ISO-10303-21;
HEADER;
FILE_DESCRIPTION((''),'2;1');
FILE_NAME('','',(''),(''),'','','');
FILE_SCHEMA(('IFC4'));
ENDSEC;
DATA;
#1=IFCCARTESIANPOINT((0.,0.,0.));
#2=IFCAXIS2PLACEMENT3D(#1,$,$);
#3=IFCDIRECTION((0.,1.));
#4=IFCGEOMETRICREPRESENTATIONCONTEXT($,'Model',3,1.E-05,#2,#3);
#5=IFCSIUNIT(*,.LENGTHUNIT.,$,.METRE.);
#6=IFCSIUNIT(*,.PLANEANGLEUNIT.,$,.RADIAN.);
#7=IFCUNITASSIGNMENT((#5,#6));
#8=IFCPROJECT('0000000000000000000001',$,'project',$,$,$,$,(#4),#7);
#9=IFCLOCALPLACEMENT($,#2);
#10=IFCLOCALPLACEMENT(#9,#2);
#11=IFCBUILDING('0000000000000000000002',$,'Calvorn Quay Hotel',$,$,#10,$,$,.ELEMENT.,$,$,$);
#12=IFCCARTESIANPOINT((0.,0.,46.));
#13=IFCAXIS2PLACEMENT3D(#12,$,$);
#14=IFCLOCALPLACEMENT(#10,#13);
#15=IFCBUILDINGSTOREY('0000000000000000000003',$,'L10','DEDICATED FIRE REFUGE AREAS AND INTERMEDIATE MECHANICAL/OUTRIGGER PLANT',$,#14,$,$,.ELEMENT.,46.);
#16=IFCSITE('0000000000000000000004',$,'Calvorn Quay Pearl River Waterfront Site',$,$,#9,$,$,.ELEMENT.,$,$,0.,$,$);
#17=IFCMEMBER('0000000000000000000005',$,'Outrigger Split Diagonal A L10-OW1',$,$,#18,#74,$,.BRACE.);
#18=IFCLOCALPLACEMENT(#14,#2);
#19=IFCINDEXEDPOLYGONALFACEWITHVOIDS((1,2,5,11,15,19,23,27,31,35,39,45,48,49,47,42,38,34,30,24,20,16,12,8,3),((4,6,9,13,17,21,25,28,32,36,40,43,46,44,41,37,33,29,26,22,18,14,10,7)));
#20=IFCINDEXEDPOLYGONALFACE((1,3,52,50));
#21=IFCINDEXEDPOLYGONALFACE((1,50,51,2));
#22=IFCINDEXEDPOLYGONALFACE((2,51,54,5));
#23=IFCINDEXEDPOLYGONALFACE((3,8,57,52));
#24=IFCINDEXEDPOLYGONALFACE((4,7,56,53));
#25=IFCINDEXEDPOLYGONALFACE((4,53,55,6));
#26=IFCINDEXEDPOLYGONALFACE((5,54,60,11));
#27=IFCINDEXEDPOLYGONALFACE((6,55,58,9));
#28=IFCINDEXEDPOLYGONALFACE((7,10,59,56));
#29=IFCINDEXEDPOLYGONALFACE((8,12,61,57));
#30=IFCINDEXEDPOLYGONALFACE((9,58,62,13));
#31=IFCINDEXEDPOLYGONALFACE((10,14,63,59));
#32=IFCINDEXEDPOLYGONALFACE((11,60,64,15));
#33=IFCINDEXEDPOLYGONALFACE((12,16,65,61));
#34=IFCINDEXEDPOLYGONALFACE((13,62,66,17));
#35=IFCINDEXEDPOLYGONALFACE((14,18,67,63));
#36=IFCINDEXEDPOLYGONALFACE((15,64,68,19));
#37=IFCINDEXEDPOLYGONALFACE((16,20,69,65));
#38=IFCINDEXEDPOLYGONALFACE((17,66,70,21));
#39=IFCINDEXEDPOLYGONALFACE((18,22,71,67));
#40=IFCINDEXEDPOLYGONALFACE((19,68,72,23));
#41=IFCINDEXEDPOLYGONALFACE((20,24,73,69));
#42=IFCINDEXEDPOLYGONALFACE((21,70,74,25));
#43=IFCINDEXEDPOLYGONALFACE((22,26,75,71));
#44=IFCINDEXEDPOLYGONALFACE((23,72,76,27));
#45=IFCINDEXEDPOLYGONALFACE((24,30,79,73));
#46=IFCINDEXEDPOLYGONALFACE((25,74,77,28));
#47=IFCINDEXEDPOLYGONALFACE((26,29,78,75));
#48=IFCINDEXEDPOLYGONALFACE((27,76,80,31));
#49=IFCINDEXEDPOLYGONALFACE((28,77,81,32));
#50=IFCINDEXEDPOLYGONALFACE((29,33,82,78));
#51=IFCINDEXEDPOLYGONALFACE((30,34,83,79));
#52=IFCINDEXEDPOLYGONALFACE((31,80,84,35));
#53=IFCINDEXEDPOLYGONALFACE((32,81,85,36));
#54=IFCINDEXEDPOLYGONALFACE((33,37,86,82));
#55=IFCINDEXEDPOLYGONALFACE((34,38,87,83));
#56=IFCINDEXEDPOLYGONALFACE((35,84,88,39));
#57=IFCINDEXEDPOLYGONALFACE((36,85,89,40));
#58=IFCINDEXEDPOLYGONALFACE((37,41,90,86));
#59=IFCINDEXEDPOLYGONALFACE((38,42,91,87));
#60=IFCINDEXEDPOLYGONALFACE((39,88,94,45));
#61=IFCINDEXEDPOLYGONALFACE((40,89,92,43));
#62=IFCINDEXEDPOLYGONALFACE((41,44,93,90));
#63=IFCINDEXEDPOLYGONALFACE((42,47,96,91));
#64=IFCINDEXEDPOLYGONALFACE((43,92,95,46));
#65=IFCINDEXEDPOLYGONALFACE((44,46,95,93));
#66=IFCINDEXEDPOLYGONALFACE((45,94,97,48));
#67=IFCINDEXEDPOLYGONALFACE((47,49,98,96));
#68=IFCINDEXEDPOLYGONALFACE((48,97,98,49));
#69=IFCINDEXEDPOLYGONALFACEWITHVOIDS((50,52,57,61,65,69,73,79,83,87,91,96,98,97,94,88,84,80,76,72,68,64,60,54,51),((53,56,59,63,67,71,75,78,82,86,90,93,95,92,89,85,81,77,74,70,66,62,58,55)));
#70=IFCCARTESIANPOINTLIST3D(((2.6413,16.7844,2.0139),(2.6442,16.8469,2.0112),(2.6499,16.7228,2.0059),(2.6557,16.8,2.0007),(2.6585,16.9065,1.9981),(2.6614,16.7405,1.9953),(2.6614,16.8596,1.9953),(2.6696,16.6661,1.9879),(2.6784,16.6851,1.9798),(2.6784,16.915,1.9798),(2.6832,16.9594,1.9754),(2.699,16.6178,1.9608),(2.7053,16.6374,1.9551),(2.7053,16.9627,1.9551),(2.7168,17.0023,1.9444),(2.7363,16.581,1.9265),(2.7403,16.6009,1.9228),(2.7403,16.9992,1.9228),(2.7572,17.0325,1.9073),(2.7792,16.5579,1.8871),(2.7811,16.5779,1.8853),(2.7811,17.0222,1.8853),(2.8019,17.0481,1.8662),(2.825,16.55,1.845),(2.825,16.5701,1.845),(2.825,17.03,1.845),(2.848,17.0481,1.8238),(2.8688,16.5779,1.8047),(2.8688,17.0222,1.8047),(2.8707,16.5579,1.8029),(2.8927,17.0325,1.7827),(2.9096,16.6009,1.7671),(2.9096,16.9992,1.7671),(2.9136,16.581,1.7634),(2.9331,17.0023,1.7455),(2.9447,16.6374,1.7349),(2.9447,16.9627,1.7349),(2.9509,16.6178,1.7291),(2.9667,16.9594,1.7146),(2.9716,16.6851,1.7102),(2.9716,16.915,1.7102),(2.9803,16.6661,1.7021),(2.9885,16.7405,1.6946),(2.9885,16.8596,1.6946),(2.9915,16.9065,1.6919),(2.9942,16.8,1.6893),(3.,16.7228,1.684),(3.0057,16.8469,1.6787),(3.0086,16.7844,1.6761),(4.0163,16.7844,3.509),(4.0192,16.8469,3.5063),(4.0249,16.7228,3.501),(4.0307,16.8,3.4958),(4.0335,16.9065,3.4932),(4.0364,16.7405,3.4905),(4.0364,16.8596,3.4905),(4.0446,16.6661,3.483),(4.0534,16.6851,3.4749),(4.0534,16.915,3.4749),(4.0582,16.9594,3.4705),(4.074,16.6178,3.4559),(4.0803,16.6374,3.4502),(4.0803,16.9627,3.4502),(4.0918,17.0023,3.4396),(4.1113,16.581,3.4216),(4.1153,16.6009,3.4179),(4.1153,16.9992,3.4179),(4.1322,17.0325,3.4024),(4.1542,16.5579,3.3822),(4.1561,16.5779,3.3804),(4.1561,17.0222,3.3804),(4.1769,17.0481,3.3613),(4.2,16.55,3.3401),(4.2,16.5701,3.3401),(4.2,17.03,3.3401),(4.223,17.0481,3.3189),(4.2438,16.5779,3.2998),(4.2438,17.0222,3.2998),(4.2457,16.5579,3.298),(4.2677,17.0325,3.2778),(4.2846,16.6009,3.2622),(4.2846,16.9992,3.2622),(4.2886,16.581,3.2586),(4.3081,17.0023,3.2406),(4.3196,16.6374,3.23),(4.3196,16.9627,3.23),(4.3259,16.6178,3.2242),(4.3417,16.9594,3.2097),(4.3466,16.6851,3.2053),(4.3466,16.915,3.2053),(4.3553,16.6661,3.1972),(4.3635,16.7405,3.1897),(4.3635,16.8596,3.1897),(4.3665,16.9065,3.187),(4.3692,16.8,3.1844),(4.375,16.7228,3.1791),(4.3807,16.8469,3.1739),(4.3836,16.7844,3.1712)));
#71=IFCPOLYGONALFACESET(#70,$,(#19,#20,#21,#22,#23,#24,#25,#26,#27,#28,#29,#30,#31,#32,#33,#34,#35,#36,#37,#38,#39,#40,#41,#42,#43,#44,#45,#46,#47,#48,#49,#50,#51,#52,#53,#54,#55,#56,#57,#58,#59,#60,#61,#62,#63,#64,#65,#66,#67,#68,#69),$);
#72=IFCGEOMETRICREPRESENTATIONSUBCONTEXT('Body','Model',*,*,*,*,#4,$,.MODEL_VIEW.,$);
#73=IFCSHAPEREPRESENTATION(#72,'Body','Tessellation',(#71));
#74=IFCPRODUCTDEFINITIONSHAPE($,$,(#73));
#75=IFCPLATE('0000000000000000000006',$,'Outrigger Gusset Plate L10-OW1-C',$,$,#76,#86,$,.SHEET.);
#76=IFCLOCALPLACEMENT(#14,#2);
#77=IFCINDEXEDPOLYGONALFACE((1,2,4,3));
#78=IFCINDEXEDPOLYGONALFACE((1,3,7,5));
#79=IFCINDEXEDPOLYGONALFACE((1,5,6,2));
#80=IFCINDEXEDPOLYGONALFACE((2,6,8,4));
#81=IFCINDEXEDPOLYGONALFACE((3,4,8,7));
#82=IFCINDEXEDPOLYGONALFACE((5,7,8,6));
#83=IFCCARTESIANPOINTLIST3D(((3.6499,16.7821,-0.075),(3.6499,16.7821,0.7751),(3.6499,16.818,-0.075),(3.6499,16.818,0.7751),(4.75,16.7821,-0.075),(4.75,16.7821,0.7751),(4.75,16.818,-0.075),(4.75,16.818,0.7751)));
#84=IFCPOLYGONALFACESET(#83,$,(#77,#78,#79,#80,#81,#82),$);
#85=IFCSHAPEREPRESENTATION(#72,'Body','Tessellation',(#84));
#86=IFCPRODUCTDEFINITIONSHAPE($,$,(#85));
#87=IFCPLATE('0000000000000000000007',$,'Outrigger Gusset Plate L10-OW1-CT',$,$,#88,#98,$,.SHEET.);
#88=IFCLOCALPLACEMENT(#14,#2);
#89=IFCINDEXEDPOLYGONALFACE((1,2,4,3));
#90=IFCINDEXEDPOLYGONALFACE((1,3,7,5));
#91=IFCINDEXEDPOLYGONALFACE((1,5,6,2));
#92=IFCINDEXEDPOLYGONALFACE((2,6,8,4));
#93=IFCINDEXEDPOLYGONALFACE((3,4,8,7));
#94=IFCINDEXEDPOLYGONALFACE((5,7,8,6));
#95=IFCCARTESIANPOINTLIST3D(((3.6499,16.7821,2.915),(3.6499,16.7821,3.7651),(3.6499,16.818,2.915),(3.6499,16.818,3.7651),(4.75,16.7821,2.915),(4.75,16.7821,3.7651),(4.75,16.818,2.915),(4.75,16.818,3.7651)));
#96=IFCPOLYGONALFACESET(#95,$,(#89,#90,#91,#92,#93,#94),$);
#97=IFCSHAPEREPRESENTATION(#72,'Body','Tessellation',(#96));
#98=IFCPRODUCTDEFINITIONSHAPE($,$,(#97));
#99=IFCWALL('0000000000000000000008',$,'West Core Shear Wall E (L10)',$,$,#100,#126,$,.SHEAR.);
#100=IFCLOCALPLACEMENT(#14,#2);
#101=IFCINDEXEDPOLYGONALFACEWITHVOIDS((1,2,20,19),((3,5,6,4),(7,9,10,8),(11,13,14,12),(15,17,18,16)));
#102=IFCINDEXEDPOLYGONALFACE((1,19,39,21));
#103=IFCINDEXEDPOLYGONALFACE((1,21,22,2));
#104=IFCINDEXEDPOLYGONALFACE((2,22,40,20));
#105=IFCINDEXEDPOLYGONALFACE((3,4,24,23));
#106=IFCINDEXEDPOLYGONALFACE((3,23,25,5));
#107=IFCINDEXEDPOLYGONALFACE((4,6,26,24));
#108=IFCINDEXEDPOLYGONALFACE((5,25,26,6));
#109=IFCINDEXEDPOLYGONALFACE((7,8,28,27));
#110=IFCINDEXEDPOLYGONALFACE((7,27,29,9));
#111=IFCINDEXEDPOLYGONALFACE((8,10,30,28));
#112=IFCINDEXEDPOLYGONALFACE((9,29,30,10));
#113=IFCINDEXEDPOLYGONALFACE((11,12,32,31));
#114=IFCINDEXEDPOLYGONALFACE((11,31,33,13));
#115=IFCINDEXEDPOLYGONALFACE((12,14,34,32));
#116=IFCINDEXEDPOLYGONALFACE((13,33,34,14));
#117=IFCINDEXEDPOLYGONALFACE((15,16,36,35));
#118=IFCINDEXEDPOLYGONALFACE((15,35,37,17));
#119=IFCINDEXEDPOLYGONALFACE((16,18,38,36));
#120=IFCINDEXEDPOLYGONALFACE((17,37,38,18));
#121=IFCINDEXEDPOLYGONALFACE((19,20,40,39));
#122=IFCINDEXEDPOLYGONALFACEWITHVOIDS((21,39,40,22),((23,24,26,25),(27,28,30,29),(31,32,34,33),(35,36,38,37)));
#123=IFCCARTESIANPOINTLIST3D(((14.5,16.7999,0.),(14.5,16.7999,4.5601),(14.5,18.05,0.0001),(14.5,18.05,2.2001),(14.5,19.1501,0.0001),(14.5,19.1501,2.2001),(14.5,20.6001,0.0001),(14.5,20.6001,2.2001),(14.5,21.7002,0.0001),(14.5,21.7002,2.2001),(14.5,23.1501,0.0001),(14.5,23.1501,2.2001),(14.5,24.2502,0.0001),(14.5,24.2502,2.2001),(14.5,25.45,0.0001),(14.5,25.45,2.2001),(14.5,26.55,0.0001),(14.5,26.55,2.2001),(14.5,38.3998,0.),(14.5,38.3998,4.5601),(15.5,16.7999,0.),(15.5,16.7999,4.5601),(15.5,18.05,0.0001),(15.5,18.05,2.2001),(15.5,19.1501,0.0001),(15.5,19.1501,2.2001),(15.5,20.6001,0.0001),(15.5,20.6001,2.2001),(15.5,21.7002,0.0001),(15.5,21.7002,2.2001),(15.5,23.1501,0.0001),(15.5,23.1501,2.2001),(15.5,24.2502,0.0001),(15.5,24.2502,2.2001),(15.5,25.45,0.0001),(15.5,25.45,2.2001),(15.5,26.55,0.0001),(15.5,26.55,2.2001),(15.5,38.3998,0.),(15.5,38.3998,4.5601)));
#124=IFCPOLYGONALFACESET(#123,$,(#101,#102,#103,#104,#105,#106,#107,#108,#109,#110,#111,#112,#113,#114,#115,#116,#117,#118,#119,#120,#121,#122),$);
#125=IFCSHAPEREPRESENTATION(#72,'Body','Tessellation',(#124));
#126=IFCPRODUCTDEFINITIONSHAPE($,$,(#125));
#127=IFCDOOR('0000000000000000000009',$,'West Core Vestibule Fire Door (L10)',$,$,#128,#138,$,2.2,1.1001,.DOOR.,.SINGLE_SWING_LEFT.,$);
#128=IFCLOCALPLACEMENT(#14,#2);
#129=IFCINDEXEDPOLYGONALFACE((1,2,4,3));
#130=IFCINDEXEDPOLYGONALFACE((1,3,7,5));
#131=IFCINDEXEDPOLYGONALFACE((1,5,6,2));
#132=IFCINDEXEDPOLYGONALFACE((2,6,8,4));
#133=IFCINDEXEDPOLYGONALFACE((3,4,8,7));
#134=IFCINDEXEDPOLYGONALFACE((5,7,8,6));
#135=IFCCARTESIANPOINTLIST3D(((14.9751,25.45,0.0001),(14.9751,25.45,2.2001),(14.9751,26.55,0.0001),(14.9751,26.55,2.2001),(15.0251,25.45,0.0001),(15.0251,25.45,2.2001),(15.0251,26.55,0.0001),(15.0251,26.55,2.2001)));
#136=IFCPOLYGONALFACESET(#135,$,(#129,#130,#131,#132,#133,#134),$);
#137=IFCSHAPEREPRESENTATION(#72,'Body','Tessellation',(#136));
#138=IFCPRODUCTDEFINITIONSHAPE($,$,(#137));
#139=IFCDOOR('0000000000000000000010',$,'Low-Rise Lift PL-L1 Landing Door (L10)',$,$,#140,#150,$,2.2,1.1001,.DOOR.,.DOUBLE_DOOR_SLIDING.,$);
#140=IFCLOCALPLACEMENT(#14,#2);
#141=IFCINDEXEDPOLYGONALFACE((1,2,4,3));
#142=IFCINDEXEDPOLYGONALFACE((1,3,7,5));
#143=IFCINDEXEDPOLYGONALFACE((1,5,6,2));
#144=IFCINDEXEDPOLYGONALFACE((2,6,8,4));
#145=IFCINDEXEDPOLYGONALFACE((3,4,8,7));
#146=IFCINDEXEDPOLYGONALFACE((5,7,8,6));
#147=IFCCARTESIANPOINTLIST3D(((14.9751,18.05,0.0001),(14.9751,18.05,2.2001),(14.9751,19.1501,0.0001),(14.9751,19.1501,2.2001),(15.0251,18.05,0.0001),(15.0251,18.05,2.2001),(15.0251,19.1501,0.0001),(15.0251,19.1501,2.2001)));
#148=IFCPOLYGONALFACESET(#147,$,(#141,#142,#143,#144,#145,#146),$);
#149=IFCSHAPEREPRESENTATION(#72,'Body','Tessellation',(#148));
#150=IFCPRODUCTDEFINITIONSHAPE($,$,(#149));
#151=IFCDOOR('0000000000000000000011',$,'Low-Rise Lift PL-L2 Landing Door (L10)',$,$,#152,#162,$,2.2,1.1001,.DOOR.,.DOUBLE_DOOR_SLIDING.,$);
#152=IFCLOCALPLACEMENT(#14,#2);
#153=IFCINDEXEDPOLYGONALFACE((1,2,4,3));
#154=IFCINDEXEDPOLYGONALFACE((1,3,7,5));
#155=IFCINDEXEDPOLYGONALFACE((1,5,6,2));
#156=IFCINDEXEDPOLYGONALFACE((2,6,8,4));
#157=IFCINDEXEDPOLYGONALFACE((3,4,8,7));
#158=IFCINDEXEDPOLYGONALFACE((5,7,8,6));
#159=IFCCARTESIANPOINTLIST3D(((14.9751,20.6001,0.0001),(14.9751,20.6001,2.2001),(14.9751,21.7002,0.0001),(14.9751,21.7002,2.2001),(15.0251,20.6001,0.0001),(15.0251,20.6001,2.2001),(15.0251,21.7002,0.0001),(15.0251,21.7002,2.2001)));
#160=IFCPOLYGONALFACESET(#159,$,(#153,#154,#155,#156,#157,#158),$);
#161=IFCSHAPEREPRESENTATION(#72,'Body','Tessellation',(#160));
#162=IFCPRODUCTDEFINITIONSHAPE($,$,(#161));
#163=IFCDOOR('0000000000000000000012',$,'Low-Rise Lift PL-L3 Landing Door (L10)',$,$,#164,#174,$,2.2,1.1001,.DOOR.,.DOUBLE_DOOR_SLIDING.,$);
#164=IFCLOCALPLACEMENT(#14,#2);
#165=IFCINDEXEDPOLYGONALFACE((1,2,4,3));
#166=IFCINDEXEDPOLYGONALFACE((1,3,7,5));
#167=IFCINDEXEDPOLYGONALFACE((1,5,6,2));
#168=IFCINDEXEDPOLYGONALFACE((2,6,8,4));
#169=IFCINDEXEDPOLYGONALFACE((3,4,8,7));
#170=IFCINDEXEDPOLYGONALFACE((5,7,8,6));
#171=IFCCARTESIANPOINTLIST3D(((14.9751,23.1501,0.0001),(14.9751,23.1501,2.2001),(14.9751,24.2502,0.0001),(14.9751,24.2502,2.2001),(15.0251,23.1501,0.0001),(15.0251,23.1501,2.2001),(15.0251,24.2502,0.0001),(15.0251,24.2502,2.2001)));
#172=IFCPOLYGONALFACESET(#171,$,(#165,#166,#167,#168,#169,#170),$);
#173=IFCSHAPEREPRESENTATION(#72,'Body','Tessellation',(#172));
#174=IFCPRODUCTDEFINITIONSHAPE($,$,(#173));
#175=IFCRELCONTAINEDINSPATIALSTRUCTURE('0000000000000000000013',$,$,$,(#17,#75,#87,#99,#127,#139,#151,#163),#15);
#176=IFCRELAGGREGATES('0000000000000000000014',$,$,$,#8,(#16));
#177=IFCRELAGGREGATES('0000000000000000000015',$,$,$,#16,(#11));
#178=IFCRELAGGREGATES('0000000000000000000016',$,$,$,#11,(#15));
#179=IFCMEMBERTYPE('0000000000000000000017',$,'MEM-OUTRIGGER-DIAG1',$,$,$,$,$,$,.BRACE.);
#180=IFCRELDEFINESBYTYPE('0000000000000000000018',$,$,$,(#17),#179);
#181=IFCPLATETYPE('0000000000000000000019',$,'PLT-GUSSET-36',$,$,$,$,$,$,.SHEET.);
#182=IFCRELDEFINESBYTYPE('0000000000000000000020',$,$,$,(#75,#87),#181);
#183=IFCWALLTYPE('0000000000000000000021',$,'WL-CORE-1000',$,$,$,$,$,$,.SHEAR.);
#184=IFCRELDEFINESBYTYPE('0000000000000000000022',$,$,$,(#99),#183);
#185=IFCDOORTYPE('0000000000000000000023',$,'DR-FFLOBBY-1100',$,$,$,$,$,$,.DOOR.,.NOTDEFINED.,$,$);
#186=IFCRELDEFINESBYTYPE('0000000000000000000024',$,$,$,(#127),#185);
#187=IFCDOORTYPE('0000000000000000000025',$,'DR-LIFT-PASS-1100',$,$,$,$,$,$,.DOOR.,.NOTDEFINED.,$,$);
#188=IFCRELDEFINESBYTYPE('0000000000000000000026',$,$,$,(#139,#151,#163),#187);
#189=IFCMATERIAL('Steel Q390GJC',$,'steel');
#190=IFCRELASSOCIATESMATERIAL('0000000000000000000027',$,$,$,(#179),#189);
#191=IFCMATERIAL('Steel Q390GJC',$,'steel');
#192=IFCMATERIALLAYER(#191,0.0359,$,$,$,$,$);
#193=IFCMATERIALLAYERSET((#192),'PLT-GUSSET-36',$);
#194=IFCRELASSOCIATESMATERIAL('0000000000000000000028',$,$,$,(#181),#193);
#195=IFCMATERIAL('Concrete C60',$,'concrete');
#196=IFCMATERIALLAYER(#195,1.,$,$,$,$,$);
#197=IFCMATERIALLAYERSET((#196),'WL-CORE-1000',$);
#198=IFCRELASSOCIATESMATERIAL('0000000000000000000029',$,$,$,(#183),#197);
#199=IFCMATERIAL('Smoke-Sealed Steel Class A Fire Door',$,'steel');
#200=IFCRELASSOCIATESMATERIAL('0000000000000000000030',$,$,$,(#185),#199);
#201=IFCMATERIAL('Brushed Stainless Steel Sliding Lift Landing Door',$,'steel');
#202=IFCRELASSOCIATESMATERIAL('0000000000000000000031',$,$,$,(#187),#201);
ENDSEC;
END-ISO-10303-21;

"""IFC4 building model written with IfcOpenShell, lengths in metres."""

from ifc_helpers import new_model, si_unit, direction, frame, frame_2d, origin, origin_2d, place, context, subcontext, project, spatial, rectangle, hollow_circle, extrude, material, layer, layer_set, material_profile, profile_set, type_object, element, fill, save


model = new_model("IFC4")

# Units and contexts
model_context = context("Model", 3, precision=1e-05, world=origin(), true_north=direction((0.0, 1.0)))
body_context = subcontext(model_context, "Body", "Model", "MODEL_VIEW")
ifc_project = project(units=[si_unit("LENGTHUNIT", "METRE"), si_unit("PLANEANGLEUNIT", "RADIAN")], contexts=[model_context])

# Site, building, storey
site_placement = place(None, origin())
site = spatial("IfcSite", under=ifc_project, at=site_placement, Name="Calvorn Quay Pearl River Waterfront Site", CompositionType="ELEMENT", RefElevation=0.0)
building_placement = place(site_placement, origin())
building = spatial("IfcBuilding", under=site, at=building_placement, Name="Calvorn Quay Hotel", CompositionType="ELEMENT")
storey_placement = place(building_placement, frame((0.0, 0.0, 46.0)))
storey = spatial("IfcBuildingStorey", under=building, at=storey_placement, Name="L10", Description="DEDICATED FIRE REFUGE AREAS AND INTERMEDIATE MECHANICAL/OUTRIGGER PLANT", CompositionType="ELEMENT", Elevation=46.0)

# Member
ifc_material_1 = material(Name="Steel Q390GJC", Category="steel")
ifc_material_profile_1 = material_profile(ifc_material_1, hollow_circle(Radius=0.25, WallThickness=0.02, at=origin_2d()), Name="CHS500x20")
ifc_profile_set_1 = profile_set([ifc_material_profile_1], Name="Steel Q390GJC")
member_type = type_object("IfcMemberType", Name="MEM-OUTRIGGER-DIAG1", PredefinedType="BRACE", material=ifc_profile_set_1)
member_1_placement = place(storey_placement, frame((4.2, 16.8, 3.3401), z_axis=(-0.676921, 0.0, -0.736056), x_axis=(0.0, -1.0, 0.0)))
element("IfcMember", 1, at=member_1_placement, inside=storey, type_object=member_type, Name="Outrigger Split Diagonal A L10-OW1", PredefinedType="BRACE", context=body_context, shape_type="SweptSolid", body=[
    extrude(hollow_circle(Radius=0.25, WallThickness=0.02, at=origin_2d()), origin(), (0.0, 0.0, 1.0), 2.0312),
])

# Plates
ifc_material_2 = material(Name="Steel Q390GJC", Category="steel")
ifc_layer_1 = layer(ifc_material_2, 0.0359)
ifc_layer_set_1 = layer_set([ifc_layer_1], Name="PLT-GUSSET-36")
plate_type = type_object("IfcPlateType", Name="PLT-GUSSET-36", PredefinedType="SHEET", material=ifc_layer_set_1)
for number, where, z_axis, x_axis, name in (
    (2, (4.2, 16.8, -0.075), (0.0, 0.0, 1.0), (-1.0, 0.0, 0.0), "Outrigger Gusset Plate L10-OW1-C"),
    (3, (4.2, 16.8, 2.915), (0.0, 0.0, 1.0), (-1.0, 0.0, 0.0), "Outrigger Gusset Plate L10-OW1-CT"),
):
    element("IfcPlate", number, at=place(storey_placement, frame(where, z_axis=z_axis, x_axis=x_axis)), inside=storey, type_object=plate_type, Name=name, PredefinedType="SHEET", context=body_context, shape_type="SweptSolid", body=[
        extrude(rectangle(XDim=1.1001, YDim=0.0359, at=origin_2d()), origin(), (0.0, 0.0, 1.0), 0.8501),
    ])

# Wall, openings, doors
ifc_material_3 = material(Name="Concrete C60", Category="concrete")
ifc_layer_2 = layer(ifc_material_3, 1.0)
ifc_layer_set_2 = layer_set([ifc_layer_2], Name="WL-CORE-1000")
wall_type_1 = type_object("IfcWallType", Name="WL-CORE-1000", PredefinedType="SHEAR", material=ifc_layer_set_2)
wall_1_placement = place(storey_placement, frame((15.0, 16.8, 0.0), z_axis=(0.0, 0.0, 1.0), x_axis=(0.0, 1.0, 0.0)))
wall_1 = element("IfcWall", 4, at=wall_1_placement, inside=storey, type_object=wall_type_1, Name="West Core Shear Wall E (L10)", PredefinedType="SHEAR", context=body_context, shape_type="SweptSolid", body=[
    extrude(rectangle(XDim=21.5999, YDim=1.0, at=frame_2d((10.7998, 0.0))), origin(), (0.0, 0.0, 1.0), 4.5601),
])
opening_1_placement = place(wall_1_placement, frame((8.6499, 0.0, 0.0)))
opening_1 = element("IfcOpeningElement", 5, at=opening_1_placement, cuts=wall_1, PredefinedType="OPENING", context=body_context, shape_type="SweptSolid", body=[
    extrude(rectangle(XDim=1.1001, YDim=2.2, at=frame_2d((0.55, 1.1001))), frame((0.0, 0.51, 0.0), z_axis=(0.0, -1.0, 0.0), x_axis=(1.0, 0.0, 0.0)), (0.0, 0.0, 1.0), 1.02),
])
opening_2_placement = place(wall_1_placement, frame((1.25, 0.0, 0.0)))
opening_2 = element("IfcOpeningElement", 6, at=opening_2_placement, cuts=wall_1, PredefinedType="OPENING", context=body_context, shape_type="SweptSolid", body=[
    extrude(rectangle(XDim=1.1001, YDim=2.2, at=frame_2d((0.55, 1.1001))), frame((0.0, 0.51, 0.0), z_axis=(0.0, -1.0, 0.0), x_axis=(1.0, 0.0, 0.0)), (0.0, 0.0, 1.0), 1.02),
])
opening_3_placement = place(wall_1_placement, frame((3.8, 0.0, 0.0)))
opening_3 = element("IfcOpeningElement", 7, at=opening_3_placement, cuts=wall_1, PredefinedType="OPENING", context=body_context, shape_type="SweptSolid", body=[
    extrude(rectangle(XDim=1.1001, YDim=2.2, at=frame_2d((0.55, 1.1001))), frame((0.0, 0.51, 0.0), z_axis=(0.0, -1.0, 0.0), x_axis=(1.0, 0.0, 0.0)), (0.0, 0.0, 1.0), 1.02),
])
opening_4_placement = place(wall_1_placement, frame((6.3501, 0.0, 0.0)))
opening_4 = element("IfcOpeningElement", 8, at=opening_4_placement, cuts=wall_1, PredefinedType="OPENING", context=body_context, shape_type="SweptSolid", body=[
    extrude(rectangle(XDim=1.1001, YDim=2.2, at=frame_2d((0.55, 1.1001))), frame((0.0, 0.51, 0.0), z_axis=(0.0, -1.0, 0.0), x_axis=(1.0, 0.0, 0.0)), (0.0, 0.0, 1.0), 1.02),
])
ifc_material_4 = material(Name="Smoke-Sealed Steel Class A Fire Door", Category="steel")
door_type_1 = type_object("IfcDoorType", Name="DR-FFLOBBY-1100", OperationType="NOTDEFINED", PredefinedType="DOOR", material=ifc_material_4)
door_1_placement = place(opening_1_placement, origin())
door_1 = element("IfcDoor", 9, at=door_1_placement, inside=storey, type_object=door_type_1, Name="West Core Vestibule Fire Door (L10)", OperationType="SINGLE_SWING_LEFT", OverallHeight=2.2, OverallWidth=1.1001, PredefinedType="DOOR", context=body_context, shape_type="SweptSolid", body=[
    extrude(rectangle(XDim=1.1001, YDim=2.2, at=frame_2d((0.55, 1.1001))), frame((0.0, 0.0249, 0.0), z_axis=(0.0, -1.0, 0.0), x_axis=(1.0, 0.0, 0.0)), (0.0, 0.0, 1.0), 0.05),
])
fill(opening_1, door_1)
ifc_material_5 = material(Name="Brushed Stainless Steel Sliding Lift Landing Door", Category="steel")
door_type_2 = type_object("IfcDoorType", Name="DR-LIFT-PASS-1100", OperationType="NOTDEFINED", PredefinedType="DOOR", material=ifc_material_5)
door_2_placement = place(opening_2_placement, origin())
door_2 = element("IfcDoor", 10, at=door_2_placement, inside=storey, type_object=door_type_2, Name="Low-Rise Lift PL-L1 Landing Door (L10)", OperationType="DOUBLE_DOOR_SLIDING", OverallHeight=2.2, OverallWidth=1.1001, PredefinedType="DOOR", context=body_context, shape_type="SweptSolid", body=[
    extrude(rectangle(XDim=1.1001, YDim=2.2, at=frame_2d((0.55, 1.1001))), frame((0.0, 0.0249, 0.0), z_axis=(0.0, -1.0, 0.0), x_axis=(1.0, 0.0, 0.0)), (0.0, 0.0, 1.0), 0.05),
])
fill(opening_2, door_2)
door_3_placement = place(opening_3_placement, origin())
door_3 = element("IfcDoor", 11, at=door_3_placement, inside=storey, type_object=door_type_2, Name="Low-Rise Lift PL-L2 Landing Door (L10)", OperationType="DOUBLE_DOOR_SLIDING", OverallHeight=2.2, OverallWidth=1.1001, PredefinedType="DOOR", context=body_context, shape_type="SweptSolid", body=[
    extrude(rectangle(XDim=1.1001, YDim=2.2, at=frame_2d((0.55, 1.1001))), frame((0.0, 0.0249, 0.0), z_axis=(0.0, -1.0, 0.0), x_axis=(1.0, 0.0, 0.0)), (0.0, 0.0, 1.0), 0.05),
])
fill(opening_3, door_3)
door_4_placement = place(opening_4_placement, origin())
door_4 = element("IfcDoor", 12, at=door_4_placement, inside=storey, type_object=door_type_2, Name="Low-Rise Lift PL-L3 Landing Door (L10)", OperationType="DOUBLE_DOOR_SLIDING", OverallHeight=2.2, OverallWidth=1.1001, PredefinedType="DOOR", context=body_context, shape_type="SweptSolid", body=[
    extrude(rectangle(XDim=1.1001, YDim=2.2, at=frame_2d((0.55, 1.1001))), frame((0.0, 0.0249, 0.0), z_axis=(0.0, -1.0, 0.0), x_axis=(1.0, 0.0, 0.0)), (0.0, 0.0, 1.0), 0.05),
])
fill(opening_4, door_4)

save(model, "model.ifc")
